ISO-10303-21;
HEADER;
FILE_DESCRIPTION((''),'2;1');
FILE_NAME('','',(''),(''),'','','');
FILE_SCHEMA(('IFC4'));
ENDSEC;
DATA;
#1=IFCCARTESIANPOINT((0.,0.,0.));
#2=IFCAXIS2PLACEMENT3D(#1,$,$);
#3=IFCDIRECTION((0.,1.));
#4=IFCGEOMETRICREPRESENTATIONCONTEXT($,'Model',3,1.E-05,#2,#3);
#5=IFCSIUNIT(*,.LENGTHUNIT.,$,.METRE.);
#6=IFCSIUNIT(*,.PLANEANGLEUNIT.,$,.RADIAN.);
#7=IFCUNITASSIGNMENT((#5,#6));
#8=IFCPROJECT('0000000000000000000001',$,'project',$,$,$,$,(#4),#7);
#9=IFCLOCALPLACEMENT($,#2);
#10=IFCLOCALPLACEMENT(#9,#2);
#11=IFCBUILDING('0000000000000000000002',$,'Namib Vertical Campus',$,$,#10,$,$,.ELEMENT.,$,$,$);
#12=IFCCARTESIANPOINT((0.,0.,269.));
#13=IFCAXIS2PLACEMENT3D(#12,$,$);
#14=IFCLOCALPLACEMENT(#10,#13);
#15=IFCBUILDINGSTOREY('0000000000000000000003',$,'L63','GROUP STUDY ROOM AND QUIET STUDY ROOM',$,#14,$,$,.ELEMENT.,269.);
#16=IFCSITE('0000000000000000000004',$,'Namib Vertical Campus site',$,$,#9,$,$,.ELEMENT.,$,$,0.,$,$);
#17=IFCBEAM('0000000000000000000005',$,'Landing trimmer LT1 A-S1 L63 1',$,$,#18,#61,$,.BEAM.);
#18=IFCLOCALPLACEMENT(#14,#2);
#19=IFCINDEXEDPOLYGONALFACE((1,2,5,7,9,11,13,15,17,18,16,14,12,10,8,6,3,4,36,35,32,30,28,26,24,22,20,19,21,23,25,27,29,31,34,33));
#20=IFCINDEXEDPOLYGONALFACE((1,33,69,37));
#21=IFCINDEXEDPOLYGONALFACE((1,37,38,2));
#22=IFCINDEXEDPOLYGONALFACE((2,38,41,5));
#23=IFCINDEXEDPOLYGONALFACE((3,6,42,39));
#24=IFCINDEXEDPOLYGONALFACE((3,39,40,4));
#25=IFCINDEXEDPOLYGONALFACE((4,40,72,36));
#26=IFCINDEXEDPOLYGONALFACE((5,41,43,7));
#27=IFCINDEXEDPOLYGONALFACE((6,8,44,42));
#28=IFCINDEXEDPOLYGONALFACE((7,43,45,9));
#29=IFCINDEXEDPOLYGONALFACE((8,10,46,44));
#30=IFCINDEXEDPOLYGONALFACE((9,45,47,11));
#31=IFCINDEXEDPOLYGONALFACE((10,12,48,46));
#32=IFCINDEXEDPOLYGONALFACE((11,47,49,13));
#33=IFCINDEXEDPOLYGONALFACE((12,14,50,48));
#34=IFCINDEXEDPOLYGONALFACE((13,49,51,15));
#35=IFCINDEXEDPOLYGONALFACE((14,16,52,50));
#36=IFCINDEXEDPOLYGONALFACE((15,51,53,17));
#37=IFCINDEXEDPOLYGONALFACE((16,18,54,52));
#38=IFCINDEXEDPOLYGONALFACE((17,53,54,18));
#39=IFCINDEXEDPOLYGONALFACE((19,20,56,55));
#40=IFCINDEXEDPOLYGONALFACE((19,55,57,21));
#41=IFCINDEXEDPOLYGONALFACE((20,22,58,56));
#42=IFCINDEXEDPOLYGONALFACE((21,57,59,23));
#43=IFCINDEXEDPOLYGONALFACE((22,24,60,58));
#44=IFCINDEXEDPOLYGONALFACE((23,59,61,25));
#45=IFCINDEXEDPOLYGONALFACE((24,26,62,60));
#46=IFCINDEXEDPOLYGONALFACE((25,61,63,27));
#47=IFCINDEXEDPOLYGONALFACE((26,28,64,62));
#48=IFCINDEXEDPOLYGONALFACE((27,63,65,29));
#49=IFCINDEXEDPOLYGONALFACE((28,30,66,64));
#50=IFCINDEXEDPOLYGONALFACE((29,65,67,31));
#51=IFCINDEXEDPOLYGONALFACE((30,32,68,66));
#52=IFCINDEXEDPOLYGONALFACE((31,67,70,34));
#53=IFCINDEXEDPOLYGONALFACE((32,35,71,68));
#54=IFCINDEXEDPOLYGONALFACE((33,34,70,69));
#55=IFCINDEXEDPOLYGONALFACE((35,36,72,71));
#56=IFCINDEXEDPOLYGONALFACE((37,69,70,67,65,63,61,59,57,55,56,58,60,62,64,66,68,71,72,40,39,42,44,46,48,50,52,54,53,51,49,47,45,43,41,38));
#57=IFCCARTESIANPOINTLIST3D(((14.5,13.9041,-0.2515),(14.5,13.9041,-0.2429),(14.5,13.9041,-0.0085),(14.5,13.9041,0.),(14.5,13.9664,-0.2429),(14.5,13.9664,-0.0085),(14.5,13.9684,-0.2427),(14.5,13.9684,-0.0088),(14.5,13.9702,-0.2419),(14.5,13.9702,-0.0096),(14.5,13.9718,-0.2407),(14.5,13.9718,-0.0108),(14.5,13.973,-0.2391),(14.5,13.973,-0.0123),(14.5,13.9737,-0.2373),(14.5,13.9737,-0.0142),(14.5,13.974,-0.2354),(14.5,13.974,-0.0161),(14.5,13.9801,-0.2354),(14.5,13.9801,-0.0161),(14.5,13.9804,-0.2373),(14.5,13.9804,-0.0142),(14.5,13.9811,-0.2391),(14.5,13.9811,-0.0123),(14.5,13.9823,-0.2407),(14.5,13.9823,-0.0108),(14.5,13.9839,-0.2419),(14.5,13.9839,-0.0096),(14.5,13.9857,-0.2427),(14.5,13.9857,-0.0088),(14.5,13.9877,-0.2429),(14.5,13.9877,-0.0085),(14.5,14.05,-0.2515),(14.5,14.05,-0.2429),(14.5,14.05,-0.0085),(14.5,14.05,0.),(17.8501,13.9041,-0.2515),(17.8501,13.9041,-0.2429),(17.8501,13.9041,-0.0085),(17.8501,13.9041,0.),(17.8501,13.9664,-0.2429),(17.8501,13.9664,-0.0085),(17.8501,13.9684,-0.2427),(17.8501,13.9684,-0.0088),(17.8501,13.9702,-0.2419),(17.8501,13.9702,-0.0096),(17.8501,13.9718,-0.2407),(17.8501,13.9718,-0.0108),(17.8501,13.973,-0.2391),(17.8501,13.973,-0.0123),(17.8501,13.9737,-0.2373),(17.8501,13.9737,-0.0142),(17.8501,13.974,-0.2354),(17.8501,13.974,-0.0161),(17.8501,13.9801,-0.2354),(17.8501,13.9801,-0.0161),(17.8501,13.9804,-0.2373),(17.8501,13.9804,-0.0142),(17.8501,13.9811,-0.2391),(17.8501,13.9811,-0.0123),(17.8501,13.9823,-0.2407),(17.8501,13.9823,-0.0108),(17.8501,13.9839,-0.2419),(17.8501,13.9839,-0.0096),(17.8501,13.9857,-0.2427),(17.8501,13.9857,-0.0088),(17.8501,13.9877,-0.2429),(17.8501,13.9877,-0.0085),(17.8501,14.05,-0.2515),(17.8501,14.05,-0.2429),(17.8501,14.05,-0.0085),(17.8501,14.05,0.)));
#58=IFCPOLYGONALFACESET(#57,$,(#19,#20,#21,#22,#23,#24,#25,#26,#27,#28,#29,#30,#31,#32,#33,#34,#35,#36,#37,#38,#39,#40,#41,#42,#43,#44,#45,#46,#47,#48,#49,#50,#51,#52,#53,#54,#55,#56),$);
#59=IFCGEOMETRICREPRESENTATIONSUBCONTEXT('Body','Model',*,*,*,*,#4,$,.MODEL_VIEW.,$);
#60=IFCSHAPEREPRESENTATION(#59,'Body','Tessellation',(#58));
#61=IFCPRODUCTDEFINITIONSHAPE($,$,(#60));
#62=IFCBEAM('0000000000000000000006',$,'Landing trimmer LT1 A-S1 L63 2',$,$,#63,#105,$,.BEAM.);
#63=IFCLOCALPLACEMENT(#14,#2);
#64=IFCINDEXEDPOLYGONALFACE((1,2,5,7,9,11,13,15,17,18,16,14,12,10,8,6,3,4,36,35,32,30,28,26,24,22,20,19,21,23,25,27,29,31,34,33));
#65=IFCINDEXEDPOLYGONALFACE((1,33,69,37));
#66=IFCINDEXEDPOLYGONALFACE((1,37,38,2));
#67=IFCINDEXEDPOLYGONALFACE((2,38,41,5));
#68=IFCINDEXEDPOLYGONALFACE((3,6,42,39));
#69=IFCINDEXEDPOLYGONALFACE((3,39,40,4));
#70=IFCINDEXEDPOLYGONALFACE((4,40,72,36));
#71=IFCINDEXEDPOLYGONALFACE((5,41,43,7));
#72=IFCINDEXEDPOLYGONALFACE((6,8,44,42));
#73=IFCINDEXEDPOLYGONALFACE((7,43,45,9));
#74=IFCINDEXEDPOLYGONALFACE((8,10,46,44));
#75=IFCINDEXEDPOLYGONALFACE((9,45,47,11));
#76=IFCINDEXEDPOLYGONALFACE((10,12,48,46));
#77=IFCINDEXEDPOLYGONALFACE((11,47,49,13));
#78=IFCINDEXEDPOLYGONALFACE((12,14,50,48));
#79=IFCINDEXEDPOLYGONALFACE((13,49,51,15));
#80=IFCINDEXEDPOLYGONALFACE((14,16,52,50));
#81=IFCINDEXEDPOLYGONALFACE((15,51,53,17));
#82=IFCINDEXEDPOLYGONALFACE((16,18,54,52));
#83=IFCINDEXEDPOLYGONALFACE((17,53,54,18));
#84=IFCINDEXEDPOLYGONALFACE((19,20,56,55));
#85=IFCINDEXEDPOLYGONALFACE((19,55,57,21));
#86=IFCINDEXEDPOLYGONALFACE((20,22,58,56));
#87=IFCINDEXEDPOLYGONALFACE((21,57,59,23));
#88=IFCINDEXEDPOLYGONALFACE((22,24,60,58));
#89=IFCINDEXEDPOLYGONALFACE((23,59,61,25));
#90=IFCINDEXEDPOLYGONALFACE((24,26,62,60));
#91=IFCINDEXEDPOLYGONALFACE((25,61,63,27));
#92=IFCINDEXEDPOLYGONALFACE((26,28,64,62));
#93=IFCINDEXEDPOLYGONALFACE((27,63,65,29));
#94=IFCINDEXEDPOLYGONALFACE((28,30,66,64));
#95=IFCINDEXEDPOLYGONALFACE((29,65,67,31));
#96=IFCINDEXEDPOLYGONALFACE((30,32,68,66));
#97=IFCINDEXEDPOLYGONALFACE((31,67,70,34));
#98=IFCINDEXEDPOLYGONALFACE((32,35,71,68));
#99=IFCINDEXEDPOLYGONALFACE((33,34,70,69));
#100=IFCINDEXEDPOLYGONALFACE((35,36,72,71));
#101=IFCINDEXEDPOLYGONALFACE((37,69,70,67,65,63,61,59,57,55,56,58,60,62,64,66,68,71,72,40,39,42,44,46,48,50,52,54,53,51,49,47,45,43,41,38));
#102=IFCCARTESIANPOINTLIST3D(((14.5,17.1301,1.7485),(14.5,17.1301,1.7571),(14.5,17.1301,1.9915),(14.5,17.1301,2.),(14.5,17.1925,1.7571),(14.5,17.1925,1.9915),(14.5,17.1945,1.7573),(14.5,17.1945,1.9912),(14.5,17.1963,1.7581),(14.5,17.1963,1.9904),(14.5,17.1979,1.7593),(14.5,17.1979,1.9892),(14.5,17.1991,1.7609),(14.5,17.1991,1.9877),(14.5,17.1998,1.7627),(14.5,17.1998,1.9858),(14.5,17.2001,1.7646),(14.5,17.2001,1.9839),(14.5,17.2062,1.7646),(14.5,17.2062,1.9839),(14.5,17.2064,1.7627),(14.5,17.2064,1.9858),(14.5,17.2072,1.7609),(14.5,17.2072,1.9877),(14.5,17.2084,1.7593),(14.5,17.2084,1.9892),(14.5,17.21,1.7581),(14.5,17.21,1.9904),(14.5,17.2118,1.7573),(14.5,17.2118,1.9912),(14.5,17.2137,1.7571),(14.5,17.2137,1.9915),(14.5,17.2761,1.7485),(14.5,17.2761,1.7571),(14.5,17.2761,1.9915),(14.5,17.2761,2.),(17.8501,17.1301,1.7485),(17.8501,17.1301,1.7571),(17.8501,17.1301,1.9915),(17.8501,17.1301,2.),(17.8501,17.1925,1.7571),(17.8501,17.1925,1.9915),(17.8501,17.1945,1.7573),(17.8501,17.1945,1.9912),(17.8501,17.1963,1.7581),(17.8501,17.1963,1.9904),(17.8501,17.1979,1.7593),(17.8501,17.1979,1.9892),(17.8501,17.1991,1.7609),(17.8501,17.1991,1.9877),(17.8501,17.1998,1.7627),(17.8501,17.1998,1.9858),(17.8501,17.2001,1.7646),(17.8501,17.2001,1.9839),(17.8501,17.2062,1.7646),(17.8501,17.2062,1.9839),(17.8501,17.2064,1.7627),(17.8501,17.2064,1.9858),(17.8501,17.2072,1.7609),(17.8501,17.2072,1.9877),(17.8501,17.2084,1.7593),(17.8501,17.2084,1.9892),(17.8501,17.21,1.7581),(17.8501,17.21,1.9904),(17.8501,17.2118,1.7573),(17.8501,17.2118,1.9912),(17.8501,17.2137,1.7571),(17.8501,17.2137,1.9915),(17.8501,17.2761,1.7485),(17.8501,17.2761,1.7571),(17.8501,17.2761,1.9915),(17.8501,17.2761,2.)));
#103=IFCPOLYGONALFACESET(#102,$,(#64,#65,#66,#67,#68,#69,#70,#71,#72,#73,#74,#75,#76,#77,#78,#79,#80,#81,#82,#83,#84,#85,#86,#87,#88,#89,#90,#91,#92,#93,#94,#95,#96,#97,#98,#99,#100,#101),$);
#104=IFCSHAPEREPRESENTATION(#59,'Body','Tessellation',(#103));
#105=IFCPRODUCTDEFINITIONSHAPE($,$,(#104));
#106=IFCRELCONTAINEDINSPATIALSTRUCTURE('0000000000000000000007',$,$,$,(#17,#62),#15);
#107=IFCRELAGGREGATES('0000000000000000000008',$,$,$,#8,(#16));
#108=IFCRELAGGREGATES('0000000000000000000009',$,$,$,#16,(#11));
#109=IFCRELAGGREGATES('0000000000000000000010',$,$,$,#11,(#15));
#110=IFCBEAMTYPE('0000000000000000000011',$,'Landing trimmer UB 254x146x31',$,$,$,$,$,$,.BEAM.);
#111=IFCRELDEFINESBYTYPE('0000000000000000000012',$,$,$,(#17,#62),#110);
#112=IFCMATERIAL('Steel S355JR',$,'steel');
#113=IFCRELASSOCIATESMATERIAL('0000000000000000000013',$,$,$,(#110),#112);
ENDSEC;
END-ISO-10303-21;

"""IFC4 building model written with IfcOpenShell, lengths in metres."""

from ifc_helpers import new_model, si_unit, direction, frame, origin, origin_2d, place, context, subcontext, project, spatial, i_section, extrude, material, material_profile, profile_set, type_object, element, save


model = new_model("IFC4")

# Units and contexts
model_context = context("Model", 3, precision=1e-05, world=origin(), true_north=direction((0.0, 1.0)))
body_context = subcontext(model_context, "Body", "Model", "MODEL_VIEW")
ifc_project = project(units=[si_unit("LENGTHUNIT", "METRE"), si_unit("PLANEANGLEUNIT", "RADIAN")], contexts=[model_context])

# Site, building, storey
site_placement = place(None, origin())
site = spatial("IfcSite", under=ifc_project, at=site_placement, Name="Namib Vertical Campus site", CompositionType="ELEMENT", RefElevation=0.0)
building_placement = place(site_placement, origin())
building = spatial("IfcBuilding", under=site, at=building_placement, Name="Namib Vertical Campus", CompositionType="ELEMENT")
storey_placement = place(building_placement, frame((0.0, 0.0, 269.0)))
storey = spatial("IfcBuildingStorey", under=building, at=storey_placement, Name="L63", Description="GROUP STUDY ROOM AND QUIET STUDY ROOM", CompositionType="ELEMENT", Elevation=269.0)

# Beams
ifc_material_1 = material(Name="Steel S355JR", Category="steel")
ifc_material_profile = material_profile(ifc_material_1, i_section(OverallWidth=0.146, OverallDepth=0.2515, WebThickness=0.0061, FlangeThickness=0.0085, FilletRadius=0.0076, at=origin_2d()))
ifc_profile_set = profile_set([ifc_material_profile], Name="Steel S355JR")
beam_type = type_object("IfcBeamType", Name="Landing trimmer UB 254x146x31", PredefinedType="BEAM", material=ifc_profile_set)
for number, where, z_axis, x_axis, name in (
    (1, (14.5, 13.9771, -0.1257), (1.0, 0.0, 0.0), (0.0, 1.0, 0.0), "Landing trimmer LT1 A-S1 L63 1"),
    (2, (14.5, 17.2031, 1.8743), (1.0, 0.0, 0.0), (0.0, 1.0, 0.0), "Landing trimmer LT1 A-S1 L63 2"),
):
    element("IfcBeam", number, at=place(storey_placement, frame(where, z_axis=z_axis, x_axis=x_axis)), inside=storey, type_object=beam_type, Name=name, PredefinedType="BEAM", context=body_context, shape_type="SweptSolid", body=[
        extrude(i_section(OverallWidth=0.146, OverallDepth=0.2515, WebThickness=0.0061, FlangeThickness=0.0085, FilletRadius=0.0076, at=origin_2d()), origin(), (0.0, 0.0, 1.0), 3.3501),
    ])

save(model, "model.ifc")
